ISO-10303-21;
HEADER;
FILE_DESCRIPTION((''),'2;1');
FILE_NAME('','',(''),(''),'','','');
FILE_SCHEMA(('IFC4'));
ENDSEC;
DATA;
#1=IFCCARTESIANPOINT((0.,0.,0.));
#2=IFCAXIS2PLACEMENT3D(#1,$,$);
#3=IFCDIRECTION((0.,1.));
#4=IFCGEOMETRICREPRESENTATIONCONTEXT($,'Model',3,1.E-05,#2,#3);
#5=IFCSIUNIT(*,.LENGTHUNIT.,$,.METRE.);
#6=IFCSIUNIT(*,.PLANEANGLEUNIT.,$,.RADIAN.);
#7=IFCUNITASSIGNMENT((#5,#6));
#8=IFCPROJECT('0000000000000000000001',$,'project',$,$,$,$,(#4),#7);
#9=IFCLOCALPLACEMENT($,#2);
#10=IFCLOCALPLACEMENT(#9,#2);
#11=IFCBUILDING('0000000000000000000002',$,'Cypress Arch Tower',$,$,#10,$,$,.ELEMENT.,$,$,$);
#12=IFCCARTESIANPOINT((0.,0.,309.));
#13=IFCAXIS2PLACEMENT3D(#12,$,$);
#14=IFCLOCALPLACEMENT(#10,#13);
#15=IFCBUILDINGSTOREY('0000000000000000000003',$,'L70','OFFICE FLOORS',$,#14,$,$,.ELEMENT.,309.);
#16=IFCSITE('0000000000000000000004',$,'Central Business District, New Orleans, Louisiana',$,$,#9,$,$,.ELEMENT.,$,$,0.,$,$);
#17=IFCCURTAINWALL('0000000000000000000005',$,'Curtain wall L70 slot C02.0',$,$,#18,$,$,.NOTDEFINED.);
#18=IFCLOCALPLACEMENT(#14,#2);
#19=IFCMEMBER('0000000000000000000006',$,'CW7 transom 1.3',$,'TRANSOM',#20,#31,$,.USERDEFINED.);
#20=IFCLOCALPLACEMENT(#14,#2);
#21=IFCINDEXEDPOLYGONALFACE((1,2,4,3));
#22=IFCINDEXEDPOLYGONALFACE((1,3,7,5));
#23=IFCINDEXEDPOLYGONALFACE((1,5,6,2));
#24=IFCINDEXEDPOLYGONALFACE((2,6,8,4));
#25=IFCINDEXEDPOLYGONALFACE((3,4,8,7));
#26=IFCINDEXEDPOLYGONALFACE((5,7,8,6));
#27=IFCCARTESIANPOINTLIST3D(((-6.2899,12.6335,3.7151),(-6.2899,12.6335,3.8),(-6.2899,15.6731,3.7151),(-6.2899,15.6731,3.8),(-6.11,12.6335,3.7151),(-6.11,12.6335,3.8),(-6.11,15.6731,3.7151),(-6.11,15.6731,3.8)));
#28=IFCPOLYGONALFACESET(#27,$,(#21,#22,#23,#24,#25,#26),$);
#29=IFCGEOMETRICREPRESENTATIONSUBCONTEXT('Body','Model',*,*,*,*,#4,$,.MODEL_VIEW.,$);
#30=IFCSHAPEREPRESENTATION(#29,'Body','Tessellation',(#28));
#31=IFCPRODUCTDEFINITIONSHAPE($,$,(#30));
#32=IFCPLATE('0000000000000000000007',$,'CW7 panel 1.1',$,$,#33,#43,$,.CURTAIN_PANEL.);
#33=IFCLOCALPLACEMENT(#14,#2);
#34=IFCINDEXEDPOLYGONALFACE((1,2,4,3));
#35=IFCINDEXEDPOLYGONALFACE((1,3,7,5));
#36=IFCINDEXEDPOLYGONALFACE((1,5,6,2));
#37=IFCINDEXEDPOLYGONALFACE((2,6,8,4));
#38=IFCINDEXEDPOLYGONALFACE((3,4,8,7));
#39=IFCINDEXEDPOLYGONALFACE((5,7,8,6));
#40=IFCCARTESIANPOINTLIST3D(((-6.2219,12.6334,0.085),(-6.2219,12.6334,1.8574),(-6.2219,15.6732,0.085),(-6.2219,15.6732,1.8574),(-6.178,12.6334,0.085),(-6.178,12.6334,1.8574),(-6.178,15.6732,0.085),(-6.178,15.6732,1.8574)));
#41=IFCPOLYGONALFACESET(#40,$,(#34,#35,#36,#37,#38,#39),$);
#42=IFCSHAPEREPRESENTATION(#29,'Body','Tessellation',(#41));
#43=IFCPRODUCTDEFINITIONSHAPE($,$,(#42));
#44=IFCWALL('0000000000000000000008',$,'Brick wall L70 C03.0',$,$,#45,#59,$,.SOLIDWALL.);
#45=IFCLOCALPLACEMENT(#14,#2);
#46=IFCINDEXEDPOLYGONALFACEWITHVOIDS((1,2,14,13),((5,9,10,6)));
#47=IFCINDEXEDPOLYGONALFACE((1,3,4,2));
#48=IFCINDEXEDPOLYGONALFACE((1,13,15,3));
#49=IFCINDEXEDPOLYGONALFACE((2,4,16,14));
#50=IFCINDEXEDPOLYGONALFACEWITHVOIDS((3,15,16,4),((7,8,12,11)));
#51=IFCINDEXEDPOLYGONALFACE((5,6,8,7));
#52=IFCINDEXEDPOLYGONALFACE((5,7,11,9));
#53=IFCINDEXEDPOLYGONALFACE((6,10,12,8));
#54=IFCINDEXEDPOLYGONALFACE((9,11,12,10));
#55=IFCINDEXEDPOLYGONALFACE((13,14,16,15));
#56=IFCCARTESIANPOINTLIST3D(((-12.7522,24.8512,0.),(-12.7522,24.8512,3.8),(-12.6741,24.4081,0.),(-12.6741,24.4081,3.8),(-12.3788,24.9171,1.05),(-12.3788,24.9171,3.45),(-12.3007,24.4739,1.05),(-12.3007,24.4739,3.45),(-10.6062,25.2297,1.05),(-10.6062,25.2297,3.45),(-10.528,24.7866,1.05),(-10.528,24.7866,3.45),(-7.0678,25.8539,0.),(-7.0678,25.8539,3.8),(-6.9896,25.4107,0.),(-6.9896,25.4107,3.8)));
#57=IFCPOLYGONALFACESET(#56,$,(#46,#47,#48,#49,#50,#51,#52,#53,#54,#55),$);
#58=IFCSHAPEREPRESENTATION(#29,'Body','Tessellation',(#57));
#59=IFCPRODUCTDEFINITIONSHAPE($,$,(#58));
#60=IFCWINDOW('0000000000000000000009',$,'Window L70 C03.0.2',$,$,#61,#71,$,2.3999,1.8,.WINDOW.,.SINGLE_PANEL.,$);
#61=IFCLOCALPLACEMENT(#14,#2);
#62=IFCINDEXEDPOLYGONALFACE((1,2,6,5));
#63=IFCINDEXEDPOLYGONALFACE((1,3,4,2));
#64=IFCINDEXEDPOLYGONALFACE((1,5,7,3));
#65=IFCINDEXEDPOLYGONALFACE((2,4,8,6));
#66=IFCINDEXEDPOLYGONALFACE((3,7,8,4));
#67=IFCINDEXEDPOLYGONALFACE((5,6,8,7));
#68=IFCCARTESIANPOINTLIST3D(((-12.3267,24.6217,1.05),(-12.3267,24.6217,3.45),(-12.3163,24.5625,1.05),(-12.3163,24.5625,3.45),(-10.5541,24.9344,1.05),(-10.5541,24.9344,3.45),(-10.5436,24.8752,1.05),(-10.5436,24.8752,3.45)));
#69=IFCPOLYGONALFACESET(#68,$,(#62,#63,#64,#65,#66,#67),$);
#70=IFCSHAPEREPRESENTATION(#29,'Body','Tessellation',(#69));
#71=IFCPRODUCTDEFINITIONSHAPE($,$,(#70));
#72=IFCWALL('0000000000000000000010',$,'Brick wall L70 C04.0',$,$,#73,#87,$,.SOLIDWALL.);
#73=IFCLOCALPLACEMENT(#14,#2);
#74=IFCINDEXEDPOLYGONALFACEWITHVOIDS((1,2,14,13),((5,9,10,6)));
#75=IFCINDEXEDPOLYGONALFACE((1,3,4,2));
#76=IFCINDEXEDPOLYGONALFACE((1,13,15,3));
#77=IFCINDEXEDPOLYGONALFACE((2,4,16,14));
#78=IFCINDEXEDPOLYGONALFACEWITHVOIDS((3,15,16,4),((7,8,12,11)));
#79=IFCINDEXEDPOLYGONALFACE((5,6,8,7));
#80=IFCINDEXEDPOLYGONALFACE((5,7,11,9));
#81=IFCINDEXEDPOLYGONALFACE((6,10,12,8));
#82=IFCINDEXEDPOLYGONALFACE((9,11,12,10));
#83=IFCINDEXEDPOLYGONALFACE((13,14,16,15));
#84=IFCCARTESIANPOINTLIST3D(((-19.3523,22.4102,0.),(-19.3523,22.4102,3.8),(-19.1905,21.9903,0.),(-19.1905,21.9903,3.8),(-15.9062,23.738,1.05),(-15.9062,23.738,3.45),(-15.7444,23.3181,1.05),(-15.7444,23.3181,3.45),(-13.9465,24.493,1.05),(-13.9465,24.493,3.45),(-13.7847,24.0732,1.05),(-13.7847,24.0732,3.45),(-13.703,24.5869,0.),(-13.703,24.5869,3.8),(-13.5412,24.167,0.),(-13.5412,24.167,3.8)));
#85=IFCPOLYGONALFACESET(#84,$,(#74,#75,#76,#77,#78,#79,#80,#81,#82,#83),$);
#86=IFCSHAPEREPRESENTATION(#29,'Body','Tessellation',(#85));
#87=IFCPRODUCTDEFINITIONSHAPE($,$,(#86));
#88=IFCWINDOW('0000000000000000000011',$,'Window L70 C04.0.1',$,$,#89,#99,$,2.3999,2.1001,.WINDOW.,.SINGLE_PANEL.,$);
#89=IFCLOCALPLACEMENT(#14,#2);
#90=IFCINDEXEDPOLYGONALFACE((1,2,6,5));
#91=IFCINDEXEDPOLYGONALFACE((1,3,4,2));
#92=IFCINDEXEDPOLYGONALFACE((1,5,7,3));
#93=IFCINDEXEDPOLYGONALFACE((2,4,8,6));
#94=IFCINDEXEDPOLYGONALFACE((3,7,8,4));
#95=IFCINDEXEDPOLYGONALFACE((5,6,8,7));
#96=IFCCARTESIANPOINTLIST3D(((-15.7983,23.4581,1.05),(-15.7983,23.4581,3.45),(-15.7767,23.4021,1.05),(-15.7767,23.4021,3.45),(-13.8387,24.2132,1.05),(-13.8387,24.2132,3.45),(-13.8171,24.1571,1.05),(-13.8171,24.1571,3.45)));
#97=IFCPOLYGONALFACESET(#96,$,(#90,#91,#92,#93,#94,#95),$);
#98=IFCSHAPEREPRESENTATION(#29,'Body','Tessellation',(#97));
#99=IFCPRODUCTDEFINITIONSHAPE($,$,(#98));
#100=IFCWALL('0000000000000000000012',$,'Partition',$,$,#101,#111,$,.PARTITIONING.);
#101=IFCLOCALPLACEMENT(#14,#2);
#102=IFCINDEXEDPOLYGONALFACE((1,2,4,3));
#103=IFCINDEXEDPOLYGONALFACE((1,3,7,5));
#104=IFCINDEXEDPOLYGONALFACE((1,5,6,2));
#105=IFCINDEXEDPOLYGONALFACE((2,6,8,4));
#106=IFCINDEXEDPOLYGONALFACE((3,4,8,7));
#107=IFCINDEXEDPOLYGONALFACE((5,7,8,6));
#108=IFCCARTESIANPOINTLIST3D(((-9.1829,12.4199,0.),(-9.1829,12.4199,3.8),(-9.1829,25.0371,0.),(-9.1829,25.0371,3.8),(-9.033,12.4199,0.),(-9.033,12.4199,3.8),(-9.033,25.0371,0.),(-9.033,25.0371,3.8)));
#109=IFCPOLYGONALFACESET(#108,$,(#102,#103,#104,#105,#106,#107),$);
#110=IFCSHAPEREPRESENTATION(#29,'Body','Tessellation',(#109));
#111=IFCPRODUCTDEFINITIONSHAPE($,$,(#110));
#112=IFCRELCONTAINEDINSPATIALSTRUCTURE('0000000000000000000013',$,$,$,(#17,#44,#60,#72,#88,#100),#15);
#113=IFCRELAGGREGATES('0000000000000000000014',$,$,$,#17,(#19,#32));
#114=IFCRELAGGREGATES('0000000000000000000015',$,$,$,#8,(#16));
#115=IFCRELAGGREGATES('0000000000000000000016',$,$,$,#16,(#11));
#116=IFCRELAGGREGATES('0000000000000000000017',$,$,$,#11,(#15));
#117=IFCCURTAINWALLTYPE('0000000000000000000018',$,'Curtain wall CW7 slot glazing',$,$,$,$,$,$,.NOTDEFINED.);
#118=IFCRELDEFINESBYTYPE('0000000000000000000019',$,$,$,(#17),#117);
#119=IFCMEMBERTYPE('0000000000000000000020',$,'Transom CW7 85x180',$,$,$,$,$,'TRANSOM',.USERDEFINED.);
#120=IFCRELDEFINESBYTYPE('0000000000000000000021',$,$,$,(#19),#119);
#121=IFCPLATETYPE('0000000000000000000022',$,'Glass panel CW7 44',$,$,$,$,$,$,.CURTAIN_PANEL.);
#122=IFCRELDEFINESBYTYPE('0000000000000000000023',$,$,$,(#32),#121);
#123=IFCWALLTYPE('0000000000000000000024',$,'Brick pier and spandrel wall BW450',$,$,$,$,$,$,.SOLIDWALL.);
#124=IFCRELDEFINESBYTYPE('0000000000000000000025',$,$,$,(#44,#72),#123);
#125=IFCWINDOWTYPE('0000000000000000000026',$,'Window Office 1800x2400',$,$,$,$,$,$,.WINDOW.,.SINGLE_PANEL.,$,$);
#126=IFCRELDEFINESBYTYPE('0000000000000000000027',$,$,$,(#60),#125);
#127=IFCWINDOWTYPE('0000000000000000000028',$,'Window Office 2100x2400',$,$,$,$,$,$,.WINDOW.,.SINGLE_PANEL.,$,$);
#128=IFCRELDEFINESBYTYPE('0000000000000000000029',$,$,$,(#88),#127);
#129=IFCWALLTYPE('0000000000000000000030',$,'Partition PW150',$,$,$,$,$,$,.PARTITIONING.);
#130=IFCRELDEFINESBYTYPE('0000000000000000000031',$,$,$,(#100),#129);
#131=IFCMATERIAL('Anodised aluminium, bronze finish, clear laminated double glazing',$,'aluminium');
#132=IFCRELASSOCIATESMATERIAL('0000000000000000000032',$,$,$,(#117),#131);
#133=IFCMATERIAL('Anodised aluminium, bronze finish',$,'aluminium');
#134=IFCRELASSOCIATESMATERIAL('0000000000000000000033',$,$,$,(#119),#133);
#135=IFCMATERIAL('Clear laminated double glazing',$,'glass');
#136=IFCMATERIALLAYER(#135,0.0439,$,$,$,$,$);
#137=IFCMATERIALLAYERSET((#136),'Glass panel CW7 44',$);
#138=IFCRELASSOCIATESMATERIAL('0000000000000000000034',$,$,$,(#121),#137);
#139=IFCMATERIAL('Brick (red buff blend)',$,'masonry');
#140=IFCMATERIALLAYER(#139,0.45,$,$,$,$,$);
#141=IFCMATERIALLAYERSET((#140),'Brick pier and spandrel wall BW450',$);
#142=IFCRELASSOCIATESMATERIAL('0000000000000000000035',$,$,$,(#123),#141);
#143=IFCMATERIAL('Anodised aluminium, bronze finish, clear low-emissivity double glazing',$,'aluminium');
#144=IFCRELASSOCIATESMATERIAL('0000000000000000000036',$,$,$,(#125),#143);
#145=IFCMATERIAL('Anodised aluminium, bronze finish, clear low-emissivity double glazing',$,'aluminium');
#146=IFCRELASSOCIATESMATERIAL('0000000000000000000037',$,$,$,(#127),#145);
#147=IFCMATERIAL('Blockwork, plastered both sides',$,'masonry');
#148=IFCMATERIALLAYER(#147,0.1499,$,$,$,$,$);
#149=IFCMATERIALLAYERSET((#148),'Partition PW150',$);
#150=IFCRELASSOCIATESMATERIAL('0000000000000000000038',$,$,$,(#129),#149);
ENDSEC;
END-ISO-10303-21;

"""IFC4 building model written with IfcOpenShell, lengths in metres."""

from ifc_helpers import new_model, si_unit, direction, frame, frame_2d, origin, origin_2d, place, context, subcontext, project, spatial, rectangle, extrude, material, layer, layer_set, material_profile, profile_set, type_object, element, fill, aggregate, save


model = new_model("IFC4")

# Units and contexts
model_context = context("Model", 3, precision=1e-05, world=origin(), true_north=direction((0.0, 1.0)))
body_context = subcontext(model_context, "Body", "Model", "MODEL_VIEW")
ifc_project = project(units=[si_unit("LENGTHUNIT", "METRE"), si_unit("PLANEANGLEUNIT", "RADIAN")], contexts=[model_context])

# Site, building, storey
site_placement = place(None, origin())
site = spatial("IfcSite", under=ifc_project, at=site_placement, Name="Central Business District, New Orleans, Louisiana", CompositionType="ELEMENT", RefElevation=0.0)
building_placement = place(site_placement, origin())
building = spatial("IfcBuilding", under=site, at=building_placement, Name="Cypress Arch Tower", CompositionType="ELEMENT")
storey_placement = place(building_placement, frame((0.0, 0.0, 309.0)))
storey = spatial("IfcBuildingStorey", under=building, at=storey_placement, Name="L70", Description="OFFICE FLOORS", CompositionType="ELEMENT", Elevation=309.0)

# Curtain wall
ifc_material_1 = material(Name="Anodised aluminium, bronze finish, clear laminated double glazing", Category="aluminium")
curtain_wall_type = type_object("IfcCurtainWallType", Name="Curtain wall CW7 slot glazing", PredefinedType="NOTDEFINED", material=ifc_material_1)
curtain_wall_placement = place(storey_placement, origin())
curtain_wall = element("IfcCurtainWall", 1, at=curtain_wall_placement, inside=storey, type_object=curtain_wall_type, Name="Curtain wall L70 slot C02.0", PredefinedType="NOTDEFINED")

# Member
ifc_material_2 = material(Name="Anodised aluminium, bronze finish", Category="aluminium")
ifc_material_profile_1 = material_profile(ifc_material_2, rectangle(XDim=0.1799, YDim=0.085, at=origin_2d()), Name="Transom 85x180")
ifc_profile_set_1 = profile_set([ifc_material_profile_1], Name="Anodised aluminium, bronze finish")
member_type_1 = type_object("IfcMemberType", Name="Transom CW7 85x180", ElementType="TRANSOM", PredefinedType="USERDEFINED", material=ifc_profile_set_1)
member_1_placement = place(storey_placement, frame((-6.2, 12.6335, 3.7576), z_axis=(0.0, 1.0, 0.0), x_axis=(-1.0, 0.0, 0.0)))
member_1 = element("IfcMember", 2, at=member_1_placement, type_object=member_type_1, Name="CW7 transom 1.3", ObjectType="TRANSOM", PredefinedType="USERDEFINED", context=body_context, shape_type="SweptSolid", body=[
    extrude(rectangle(XDim=0.1799, YDim=0.085, at=origin_2d()), origin(), (0.0, 0.0, 1.0), 3.0396),
])

# Plate
ifc_material_3 = material(Name="Clear laminated double glazing", Category="glass")
ifc_layer_1 = layer(ifc_material_3, 0.0439)
ifc_layer_set_1 = layer_set([ifc_layer_1], Name="Glass panel CW7 44")
plate_type = type_object("IfcPlateType", Name="Glass panel CW7 44", PredefinedType="CURTAIN_PANEL", material=ifc_layer_set_1)
plate_placement = place(storey_placement, frame((-6.2, 14.1533, 0.085), z_axis=(0.0, 0.0, 1.0), x_axis=(0.0, 1.0, 0.0)))
plate = element("IfcPlate", 3, at=plate_placement, type_object=plate_type, Name="CW7 panel 1.1", PredefinedType="CURTAIN_PANEL", context=body_context, shape_type="SweptSolid", body=[
    extrude(rectangle(XDim=3.0398, YDim=0.0439, at=origin_2d()), origin(), (0.0, 0.0, 1.0), 1.7725),
])
aggregate(curtain_wall, [member_1, plate])

# Walls, openings, windows
ifc_material_4 = material(Name="Brick (red buff blend)", Category="masonry")
ifc_layer_2 = layer(ifc_material_4, 0.45)
ifc_layer_set_2 = layer_set([ifc_layer_2], Name="Brick pier and spandrel wall BW450")
wall_type_1 = type_object("IfcWallType", Name="Brick pier and spandrel wall BW450", PredefinedType="SOLIDWALL", material=ifc_layer_set_2)
wall_1_placement = place(storey_placement, frame((-7.0286, 25.6323, 0.0), z_axis=(0.0, 0.0, 1.0), x_axis=(-0.984798, -0.173706, 0.0)))
wall_1 = element("IfcWall", 4, at=wall_1_placement, inside=storey, type_object=wall_type_1, Name="Brick wall L70 C03.0", PredefinedType="SOLIDWALL", context=body_context, shape_type="SweptSolid", body=[
    extrude(rectangle(XDim=5.7722, YDim=0.45, at=frame_2d((2.8862, 0.0))), origin(), (0.0, 0.0, 1.0), 3.8),
])
opening_1_placement = place(wall_1_placement, frame((3.5933, 0.0, 1.05)))
opening_1 = element("IfcOpeningElement", 5, at=opening_1_placement, cuts=wall_1, PredefinedType="OPENING", context=body_context, shape_type="SweptSolid", body=[
    extrude(rectangle(XDim=1.8, YDim=2.3999, at=frame_2d((0.8999, 1.2))), frame((0.0, 0.2349, 0.0), z_axis=(0.0, -1.0, 0.0), x_axis=(1.0, 0.0, 0.0)), (0.0, 0.0, 1.0), 0.47),
])
ifc_material_5 = material(Name="Anodised aluminium, bronze finish, clear low-emissivity double glazing", Category="aluminium")
window_type_1 = type_object("IfcWindowType", Name="Window Office 1800x2400", PartitioningType="SINGLE_PANEL", PredefinedType="WINDOW", material=ifc_material_5)
window_1_placement = place(opening_1_placement, origin())
window_1 = element("IfcWindow", 6, at=window_1_placement, inside=storey, type_object=window_type_1, Name="Window L70 C03.0.2", OverallHeight=2.3999, OverallWidth=1.8, PartitioningType="SINGLE_PANEL", PredefinedType="WINDOW", context=body_context, shape_type="SweptSolid", body=[
    extrude(rectangle(XDim=1.8, YDim=2.3999, at=frame_2d((0.8999, 1.2))), frame((0.0, 0.135, 0.0), z_axis=(0.0, -1.0, 0.0), x_axis=(1.0, 0.0, 0.0)), (0.0, 0.0, 1.0), 0.0601),
])
fill(opening_1, window_1)
wall_2_placement = place(storey_placement, frame((-13.6221, 24.377, 0.0), z_axis=(0.0, 0.0, 1.0), x_axis=(-0.933129, -0.359541, 0.0)))
wall_2 = element("IfcWall", 7, at=wall_2_placement, inside=storey, type_object=wall_type_1, Name="Brick wall L70 C04.0", PredefinedType="SOLIDWALL", context=body_context, shape_type="SweptSolid", body=[
    extrude(rectangle(XDim=6.0542, YDim=0.45, at=frame_2d((3.0271, 0.0))), origin(), (0.0, 0.0, 1.0), 3.8),
])
opening_2_placement = place(wall_2_placement, frame((0.261, 0.0, 1.05)))
opening_2 = element("IfcOpeningElement", 8, at=opening_2_placement, cuts=wall_2, PredefinedType="OPENING", context=body_context, shape_type="SweptSolid", body=[
    extrude(rectangle(XDim=2.1001, YDim=2.3999, at=frame_2d((1.05, 1.2))), frame((0.0, 0.2349, 0.0), z_axis=(0.0, -1.0, 0.0), x_axis=(1.0, 0.0, 0.0)), (0.0, 0.0, 1.0), 0.47),
])
ifc_material_6 = material(Name="Anodised aluminium, bronze finish, clear low-emissivity double glazing", Category="aluminium")
window_type_2 = type_object("IfcWindowType", Name="Window Office 2100x2400", PartitioningType="SINGLE_PANEL", PredefinedType="WINDOW", material=ifc_material_6)
window_2_placement = place(opening_2_placement, origin())
window_2 = element("IfcWindow", 9, at=window_2_placement, inside=storey, type_object=window_type_2, Name="Window L70 C04.0.1", OverallHeight=2.3999, OverallWidth=2.1001, PartitioningType="SINGLE_PANEL", PredefinedType="WINDOW", context=body_context, shape_type="SweptSolid", body=[
    extrude(rectangle(XDim=2.1001, YDim=2.3999, at=frame_2d((1.05, 1.2))), frame((0.0, 0.135, 0.0), z_axis=(0.0, -1.0, 0.0), x_axis=(1.0, 0.0, 0.0)), (0.0, 0.0, 1.0), 0.0601),
])
fill(opening_2, window_2)

# Wall
ifc_material_7 = material(Name="Blockwork, plastered both sides", Category="masonry")
ifc_layer_3 = layer(ifc_material_7, 0.1499)
ifc_layer_set_3 = layer_set([ifc_layer_3], Name="Partition PW150")
wall_type_2 = type_object("IfcWallType", Name="Partition PW150", PredefinedType="PARTITIONING", material=ifc_layer_set_3)
wall_3_placement = place(storey_placement, frame((-9.1079, 12.4199, 0.0), z_axis=(0.0, 0.0, 1.0), x_axis=(0.0, 1.0, 0.0)))
element("IfcWall", 10, at=wall_3_placement, inside=storey, type_object=wall_type_2, Name="Partition", PredefinedType="PARTITIONING", context=body_context, shape_type="SweptSolid", body=[
    extrude(rectangle(XDim=12.6172, YDim=0.1499, at=frame_2d((6.3086, 0.0))), origin(), (0.0, 0.0, 1.0), 3.8),
])

save(model, "model.ifc")
